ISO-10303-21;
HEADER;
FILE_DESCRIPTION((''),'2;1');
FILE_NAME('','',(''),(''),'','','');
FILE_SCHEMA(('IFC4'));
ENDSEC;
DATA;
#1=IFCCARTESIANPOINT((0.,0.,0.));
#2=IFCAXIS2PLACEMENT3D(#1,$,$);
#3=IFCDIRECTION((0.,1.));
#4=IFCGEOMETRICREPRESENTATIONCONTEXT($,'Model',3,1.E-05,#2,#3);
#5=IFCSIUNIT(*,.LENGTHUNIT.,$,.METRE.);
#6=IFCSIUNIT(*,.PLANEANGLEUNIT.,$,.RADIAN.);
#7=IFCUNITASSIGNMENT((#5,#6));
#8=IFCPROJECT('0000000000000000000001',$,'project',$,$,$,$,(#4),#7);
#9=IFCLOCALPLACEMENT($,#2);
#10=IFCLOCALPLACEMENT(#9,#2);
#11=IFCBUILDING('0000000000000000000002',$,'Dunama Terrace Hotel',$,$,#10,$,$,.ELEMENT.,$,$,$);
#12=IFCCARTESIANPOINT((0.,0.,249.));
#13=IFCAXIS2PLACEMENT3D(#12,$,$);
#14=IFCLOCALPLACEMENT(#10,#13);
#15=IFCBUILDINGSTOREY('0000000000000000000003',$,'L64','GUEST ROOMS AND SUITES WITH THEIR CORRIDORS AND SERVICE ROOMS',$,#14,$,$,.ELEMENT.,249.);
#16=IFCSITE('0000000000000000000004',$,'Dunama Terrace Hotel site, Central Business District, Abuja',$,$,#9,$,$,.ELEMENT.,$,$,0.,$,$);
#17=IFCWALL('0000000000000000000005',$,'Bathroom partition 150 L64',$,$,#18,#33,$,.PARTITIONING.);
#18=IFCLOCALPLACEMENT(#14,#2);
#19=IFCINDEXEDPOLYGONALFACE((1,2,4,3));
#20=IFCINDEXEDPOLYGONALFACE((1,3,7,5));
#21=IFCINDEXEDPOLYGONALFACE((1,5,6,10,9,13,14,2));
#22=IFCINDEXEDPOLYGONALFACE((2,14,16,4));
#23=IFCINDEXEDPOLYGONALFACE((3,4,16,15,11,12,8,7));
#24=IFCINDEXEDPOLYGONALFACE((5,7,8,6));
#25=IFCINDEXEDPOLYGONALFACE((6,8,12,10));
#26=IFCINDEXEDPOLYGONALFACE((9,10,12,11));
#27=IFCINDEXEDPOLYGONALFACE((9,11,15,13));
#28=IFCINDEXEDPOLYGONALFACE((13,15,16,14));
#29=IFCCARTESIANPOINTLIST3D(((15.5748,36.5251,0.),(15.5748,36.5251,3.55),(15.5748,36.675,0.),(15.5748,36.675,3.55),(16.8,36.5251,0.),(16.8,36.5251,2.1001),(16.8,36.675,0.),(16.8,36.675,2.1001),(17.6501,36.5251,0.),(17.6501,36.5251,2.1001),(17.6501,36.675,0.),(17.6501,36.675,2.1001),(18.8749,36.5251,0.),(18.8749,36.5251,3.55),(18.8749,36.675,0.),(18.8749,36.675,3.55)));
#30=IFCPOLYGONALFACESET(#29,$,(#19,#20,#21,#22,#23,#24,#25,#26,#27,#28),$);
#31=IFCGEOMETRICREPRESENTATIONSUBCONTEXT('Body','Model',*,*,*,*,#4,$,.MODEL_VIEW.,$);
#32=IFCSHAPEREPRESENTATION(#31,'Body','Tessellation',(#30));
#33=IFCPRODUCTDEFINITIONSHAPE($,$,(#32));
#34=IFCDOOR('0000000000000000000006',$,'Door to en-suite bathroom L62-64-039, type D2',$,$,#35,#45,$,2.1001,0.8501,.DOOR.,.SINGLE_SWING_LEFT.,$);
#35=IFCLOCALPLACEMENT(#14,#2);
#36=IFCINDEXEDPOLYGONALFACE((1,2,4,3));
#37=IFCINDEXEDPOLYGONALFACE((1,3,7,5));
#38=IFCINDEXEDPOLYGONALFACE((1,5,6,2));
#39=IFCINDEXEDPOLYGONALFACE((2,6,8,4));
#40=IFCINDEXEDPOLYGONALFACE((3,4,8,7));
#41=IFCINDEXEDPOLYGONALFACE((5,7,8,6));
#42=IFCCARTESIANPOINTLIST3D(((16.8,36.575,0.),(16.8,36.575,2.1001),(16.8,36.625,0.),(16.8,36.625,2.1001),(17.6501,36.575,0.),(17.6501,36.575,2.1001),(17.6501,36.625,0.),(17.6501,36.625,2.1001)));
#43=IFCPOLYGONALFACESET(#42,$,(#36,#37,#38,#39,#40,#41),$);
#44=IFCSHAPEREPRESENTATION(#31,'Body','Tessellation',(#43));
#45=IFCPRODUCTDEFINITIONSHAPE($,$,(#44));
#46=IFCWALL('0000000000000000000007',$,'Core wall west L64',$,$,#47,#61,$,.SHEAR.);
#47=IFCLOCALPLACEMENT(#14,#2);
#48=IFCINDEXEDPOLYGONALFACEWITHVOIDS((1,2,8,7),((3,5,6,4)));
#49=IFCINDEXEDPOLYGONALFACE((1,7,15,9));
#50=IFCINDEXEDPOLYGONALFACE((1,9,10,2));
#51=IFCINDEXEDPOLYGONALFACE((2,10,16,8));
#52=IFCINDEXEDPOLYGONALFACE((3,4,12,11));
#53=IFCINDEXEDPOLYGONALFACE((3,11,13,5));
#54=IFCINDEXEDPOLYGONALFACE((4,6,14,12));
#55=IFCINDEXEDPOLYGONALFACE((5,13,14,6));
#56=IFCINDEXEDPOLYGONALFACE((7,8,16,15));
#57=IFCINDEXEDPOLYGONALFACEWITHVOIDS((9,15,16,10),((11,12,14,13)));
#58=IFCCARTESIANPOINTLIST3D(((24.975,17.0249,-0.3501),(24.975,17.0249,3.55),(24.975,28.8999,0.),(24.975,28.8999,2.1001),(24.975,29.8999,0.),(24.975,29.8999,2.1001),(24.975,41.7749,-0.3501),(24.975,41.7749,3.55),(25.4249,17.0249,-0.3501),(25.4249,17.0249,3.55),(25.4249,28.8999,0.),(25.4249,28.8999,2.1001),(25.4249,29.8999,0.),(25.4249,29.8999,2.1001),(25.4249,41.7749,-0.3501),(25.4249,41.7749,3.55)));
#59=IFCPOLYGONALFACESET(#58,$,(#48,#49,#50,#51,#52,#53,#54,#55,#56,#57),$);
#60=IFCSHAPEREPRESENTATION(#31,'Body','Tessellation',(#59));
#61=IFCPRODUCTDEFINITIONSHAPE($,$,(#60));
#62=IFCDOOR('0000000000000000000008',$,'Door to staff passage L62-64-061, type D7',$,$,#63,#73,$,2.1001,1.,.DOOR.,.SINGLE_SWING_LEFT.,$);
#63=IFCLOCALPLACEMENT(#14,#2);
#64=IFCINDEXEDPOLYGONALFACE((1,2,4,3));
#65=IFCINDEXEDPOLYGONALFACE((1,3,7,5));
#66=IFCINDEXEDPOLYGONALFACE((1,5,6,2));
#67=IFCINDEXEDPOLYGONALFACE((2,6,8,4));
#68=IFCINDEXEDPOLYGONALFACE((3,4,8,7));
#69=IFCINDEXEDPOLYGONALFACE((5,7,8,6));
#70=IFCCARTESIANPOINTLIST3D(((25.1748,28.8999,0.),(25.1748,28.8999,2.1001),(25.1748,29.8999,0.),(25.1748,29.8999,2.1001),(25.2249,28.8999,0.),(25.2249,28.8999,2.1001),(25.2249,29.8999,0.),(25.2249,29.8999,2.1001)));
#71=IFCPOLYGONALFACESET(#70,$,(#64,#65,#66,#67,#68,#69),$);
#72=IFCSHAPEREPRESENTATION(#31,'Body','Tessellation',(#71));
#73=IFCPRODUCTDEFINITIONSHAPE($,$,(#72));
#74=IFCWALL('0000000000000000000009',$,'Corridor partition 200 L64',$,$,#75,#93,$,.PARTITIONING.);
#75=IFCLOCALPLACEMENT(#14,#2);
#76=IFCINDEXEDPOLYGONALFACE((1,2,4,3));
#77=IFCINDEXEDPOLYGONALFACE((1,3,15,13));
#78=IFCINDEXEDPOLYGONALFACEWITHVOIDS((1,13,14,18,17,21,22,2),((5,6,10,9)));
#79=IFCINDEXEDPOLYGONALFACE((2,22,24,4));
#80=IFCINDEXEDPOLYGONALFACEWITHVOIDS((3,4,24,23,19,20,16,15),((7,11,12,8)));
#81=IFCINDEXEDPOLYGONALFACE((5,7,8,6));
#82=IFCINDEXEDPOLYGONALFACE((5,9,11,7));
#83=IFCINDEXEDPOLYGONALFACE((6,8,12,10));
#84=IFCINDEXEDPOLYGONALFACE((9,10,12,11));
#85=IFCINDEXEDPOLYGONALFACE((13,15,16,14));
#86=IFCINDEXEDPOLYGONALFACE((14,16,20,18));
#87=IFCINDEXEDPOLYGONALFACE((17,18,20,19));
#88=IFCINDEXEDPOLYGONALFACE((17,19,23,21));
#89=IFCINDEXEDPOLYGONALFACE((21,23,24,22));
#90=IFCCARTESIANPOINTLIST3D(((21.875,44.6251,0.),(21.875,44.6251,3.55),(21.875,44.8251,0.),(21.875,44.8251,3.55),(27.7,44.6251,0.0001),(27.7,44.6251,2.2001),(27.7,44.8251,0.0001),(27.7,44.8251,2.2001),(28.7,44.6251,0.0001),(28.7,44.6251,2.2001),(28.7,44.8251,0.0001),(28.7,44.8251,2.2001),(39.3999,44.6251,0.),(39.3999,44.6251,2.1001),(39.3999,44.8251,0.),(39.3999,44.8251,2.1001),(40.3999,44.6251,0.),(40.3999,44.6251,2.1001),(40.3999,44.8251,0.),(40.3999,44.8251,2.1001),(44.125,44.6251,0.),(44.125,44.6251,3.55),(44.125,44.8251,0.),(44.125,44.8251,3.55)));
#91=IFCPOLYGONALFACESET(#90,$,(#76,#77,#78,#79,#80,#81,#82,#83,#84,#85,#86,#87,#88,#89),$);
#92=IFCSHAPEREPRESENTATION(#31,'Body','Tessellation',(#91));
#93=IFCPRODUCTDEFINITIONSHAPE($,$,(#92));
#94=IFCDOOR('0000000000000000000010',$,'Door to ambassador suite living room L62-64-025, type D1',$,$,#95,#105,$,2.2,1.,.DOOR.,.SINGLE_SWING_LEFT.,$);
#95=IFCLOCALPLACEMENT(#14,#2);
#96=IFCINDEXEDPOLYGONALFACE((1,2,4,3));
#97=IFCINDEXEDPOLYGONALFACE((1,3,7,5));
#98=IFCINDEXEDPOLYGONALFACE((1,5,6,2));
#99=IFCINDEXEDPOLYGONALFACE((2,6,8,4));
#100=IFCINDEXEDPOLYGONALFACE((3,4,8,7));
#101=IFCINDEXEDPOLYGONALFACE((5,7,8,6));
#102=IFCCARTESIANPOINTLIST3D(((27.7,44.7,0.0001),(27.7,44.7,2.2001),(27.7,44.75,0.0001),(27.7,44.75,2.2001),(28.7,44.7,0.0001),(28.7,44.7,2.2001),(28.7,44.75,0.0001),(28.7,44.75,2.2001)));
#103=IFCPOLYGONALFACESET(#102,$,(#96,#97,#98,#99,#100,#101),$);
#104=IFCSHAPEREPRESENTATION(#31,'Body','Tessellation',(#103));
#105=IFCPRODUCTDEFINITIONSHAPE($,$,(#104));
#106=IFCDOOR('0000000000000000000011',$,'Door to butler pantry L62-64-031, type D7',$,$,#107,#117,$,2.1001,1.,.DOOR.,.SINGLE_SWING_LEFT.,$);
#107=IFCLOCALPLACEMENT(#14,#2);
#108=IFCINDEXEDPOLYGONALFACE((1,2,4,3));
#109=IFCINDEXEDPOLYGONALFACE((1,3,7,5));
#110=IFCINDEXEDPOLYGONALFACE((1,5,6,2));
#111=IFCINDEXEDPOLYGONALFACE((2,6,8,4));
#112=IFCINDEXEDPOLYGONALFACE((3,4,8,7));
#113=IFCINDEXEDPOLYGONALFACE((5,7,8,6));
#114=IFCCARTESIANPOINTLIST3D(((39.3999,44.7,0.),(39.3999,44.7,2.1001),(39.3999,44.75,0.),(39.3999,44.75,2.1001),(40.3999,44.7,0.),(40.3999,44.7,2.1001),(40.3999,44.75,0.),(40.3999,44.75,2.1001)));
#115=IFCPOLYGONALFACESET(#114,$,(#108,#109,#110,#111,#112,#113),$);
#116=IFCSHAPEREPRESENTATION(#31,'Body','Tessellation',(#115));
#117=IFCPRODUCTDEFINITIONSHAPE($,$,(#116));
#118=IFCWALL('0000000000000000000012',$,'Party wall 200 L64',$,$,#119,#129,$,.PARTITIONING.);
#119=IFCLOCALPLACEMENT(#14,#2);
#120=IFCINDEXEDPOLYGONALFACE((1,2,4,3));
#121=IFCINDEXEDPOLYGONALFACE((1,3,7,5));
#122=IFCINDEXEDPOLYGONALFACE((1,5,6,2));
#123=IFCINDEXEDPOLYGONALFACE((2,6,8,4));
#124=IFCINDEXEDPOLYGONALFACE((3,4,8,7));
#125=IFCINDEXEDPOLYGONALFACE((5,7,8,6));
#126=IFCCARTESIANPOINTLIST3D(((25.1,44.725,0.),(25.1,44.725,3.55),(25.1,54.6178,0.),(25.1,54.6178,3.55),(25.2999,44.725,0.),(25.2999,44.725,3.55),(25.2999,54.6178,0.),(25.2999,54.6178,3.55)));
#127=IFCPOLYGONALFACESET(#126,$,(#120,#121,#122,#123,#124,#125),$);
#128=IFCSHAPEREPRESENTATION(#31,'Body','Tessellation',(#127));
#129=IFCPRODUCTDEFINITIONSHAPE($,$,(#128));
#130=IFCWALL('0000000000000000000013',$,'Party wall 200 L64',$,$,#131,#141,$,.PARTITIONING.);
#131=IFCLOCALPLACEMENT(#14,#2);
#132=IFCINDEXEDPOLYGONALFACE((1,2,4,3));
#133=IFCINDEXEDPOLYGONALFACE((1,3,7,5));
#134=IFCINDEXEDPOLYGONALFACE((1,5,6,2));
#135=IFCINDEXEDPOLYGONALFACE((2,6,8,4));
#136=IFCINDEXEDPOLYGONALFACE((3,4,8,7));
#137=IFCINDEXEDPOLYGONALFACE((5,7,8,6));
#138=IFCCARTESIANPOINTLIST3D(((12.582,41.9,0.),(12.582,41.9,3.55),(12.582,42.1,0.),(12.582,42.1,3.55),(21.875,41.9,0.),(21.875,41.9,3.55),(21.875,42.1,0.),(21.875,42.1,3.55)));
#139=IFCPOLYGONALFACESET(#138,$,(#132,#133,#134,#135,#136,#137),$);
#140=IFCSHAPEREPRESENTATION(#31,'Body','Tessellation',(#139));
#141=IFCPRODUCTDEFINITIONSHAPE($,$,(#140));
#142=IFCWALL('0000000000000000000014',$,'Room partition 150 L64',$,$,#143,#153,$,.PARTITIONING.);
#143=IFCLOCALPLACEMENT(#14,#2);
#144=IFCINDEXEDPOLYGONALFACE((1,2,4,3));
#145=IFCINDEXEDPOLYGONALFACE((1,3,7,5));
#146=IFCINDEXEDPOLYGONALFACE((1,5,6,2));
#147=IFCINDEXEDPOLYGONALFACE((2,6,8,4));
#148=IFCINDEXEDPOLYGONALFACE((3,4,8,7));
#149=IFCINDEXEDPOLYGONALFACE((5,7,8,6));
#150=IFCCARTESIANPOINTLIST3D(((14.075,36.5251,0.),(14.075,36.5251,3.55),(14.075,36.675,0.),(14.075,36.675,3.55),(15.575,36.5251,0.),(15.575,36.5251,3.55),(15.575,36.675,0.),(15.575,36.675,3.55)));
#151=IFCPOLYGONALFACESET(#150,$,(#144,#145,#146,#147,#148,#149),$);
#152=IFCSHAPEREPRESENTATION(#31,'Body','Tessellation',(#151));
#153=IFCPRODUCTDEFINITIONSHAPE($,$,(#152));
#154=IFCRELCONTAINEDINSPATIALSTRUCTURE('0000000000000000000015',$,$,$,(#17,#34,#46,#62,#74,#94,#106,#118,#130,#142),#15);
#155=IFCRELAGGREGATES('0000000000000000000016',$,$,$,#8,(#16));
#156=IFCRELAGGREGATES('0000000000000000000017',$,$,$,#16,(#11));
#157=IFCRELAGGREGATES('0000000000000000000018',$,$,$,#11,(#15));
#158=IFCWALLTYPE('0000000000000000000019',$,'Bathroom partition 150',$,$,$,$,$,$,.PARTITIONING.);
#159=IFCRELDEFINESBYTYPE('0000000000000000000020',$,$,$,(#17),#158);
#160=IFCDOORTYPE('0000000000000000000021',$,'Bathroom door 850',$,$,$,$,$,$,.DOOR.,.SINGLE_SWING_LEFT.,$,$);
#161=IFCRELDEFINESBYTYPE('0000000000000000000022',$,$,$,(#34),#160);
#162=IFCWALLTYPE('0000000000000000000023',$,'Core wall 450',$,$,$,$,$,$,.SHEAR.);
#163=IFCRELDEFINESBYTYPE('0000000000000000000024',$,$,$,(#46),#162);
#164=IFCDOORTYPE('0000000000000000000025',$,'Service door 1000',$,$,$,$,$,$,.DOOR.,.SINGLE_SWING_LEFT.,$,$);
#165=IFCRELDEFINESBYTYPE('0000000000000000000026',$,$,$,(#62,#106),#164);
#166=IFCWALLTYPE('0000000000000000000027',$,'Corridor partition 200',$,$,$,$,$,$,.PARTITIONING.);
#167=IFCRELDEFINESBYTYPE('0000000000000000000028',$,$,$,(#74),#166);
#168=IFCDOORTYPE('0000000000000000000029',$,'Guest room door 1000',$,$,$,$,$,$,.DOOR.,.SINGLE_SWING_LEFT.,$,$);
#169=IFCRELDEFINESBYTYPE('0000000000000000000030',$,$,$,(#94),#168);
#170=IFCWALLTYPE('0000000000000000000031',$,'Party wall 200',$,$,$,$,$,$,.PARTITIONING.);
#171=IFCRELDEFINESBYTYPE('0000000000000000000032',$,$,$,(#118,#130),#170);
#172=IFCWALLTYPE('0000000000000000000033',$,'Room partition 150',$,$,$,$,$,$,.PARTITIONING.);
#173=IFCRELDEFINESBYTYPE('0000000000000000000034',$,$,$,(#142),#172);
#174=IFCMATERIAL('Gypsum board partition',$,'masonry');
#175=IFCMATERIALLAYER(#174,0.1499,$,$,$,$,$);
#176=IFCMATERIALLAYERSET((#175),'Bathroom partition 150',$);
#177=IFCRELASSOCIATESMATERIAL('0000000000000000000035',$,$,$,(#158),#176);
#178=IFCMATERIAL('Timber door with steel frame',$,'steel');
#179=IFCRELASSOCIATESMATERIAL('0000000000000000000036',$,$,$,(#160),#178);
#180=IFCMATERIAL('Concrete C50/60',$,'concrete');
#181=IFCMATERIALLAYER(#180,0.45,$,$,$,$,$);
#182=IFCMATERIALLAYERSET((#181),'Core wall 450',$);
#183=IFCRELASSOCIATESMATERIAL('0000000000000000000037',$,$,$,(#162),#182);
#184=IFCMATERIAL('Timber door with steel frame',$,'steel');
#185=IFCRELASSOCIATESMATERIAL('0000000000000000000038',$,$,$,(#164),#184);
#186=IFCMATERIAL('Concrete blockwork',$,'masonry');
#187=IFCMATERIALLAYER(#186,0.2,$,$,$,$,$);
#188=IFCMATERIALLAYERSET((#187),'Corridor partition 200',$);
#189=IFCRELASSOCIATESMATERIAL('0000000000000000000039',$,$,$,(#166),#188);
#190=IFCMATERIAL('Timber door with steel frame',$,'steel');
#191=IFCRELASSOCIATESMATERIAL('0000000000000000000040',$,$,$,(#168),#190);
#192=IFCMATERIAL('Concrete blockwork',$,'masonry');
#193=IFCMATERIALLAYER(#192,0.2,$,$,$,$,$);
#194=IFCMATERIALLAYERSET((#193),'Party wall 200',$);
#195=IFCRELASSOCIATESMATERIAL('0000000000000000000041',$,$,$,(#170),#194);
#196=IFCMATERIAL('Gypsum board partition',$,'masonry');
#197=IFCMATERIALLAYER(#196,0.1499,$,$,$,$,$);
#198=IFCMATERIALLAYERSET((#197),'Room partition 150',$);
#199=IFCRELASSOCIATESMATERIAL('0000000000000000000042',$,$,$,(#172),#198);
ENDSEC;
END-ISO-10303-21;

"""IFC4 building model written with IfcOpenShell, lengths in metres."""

from ifc_helpers import new_model, si_unit, direction, frame, frame_2d, origin, place, context, subcontext, project, spatial, rectangle, extrude, material, layer, layer_set, type_object, element, fill, save


model = new_model("IFC4")

# Units and contexts
model_context = context("Model", 3, precision=1e-05, world=origin(), true_north=direction((0.0, 1.0)))
body_context = subcontext(model_context, "Body", "Model", "MODEL_VIEW")
ifc_project = project(units=[si_unit("LENGTHUNIT", "METRE"), si_unit("PLANEANGLEUNIT", "RADIAN")], contexts=[model_context])

# Site, building, storey
site_placement = place(None, origin())
site = spatial("IfcSite", under=ifc_project, at=site_placement, Name="Dunama Terrace Hotel site, Central Business District, Abuja", CompositionType="ELEMENT", RefElevation=0.0)
building_placement = place(site_placement, origin())
building = spatial("IfcBuilding", under=site, at=building_placement, Name="Dunama Terrace Hotel", CompositionType="ELEMENT")
storey_placement = place(building_placement, frame((0.0, 0.0, 249.0)))
storey = spatial("IfcBuildingStorey", under=building, at=storey_placement, Name="L64", Description="GUEST ROOMS AND SUITES WITH THEIR CORRIDORS AND SERVICE ROOMS", CompositionType="ELEMENT", Elevation=249.0)

# Shared definitions
ifc_material_1 = material(Name="Gypsum board partition", Category="masonry")
ifc_layer_1 = layer(ifc_material_1, 0.1499)
ifc_layer_set_1 = layer_set([ifc_layer_1], Name="Bathroom partition 150")
wall_type_1 = type_object("IfcWallType", Name="Bathroom partition 150", PredefinedType="PARTITIONING", material=ifc_layer_set_1)

# Walls, openings, doors
wall_1_placement = place(storey_placement, frame((15.575, 36.6001, 0.0), z_axis=(0.0, 0.0, 1.0), x_axis=(1.0, 0.0, 0.0)))
wall_1 = element("IfcWall", 1, at=wall_1_placement, inside=storey, type_object=wall_type_1, Name="Bathroom partition 150 L64", PredefinedType="PARTITIONING", context=body_context, shape_type="SweptSolid", body=[
    extrude(rectangle(XDim=3.3, YDim=0.1499, at=frame_2d((1.6499, 0.0))), origin(), (0.0, 0.0, 1.0), 3.55),
])
opening_1_placement = place(wall_1_placement, frame((1.2251, 0.0, 0.0)))
opening_1 = element("IfcOpeningElement", 2, at=opening_1_placement, cuts=wall_1, PredefinedType="OPENING", context=body_context, shape_type="SweptSolid", body=[
    extrude(rectangle(XDim=0.8501, YDim=2.1001, at=frame_2d((0.425, 1.05))), frame((0.0, 0.085, 0.0), z_axis=(0.0, -1.0, 0.0), x_axis=(1.0, 0.0, 0.0)), (0.0, 0.0, 1.0), 0.1699),
])
ifc_material_2 = material(Name="Timber door with steel frame", Category="steel")
door_type_1 = type_object("IfcDoorType", Name="Bathroom door 850", OperationType="SINGLE_SWING_LEFT", PredefinedType="DOOR", material=ifc_material_2)
door_1_placement = place(opening_1_placement, frame((0.8501, 0.0, 0.0), z_axis=(0.0, 0.0, 1.0), x_axis=(-1.0, 0.0, 0.0)))
door_1 = element("IfcDoor", 3, at=door_1_placement, inside=storey, type_object=door_type_1, Name="Door to en-suite bathroom L62-64-039, type D2", OperationType="SINGLE_SWING_LEFT", OverallHeight=2.1001, OverallWidth=0.8501, PredefinedType="DOOR", context=body_context, shape_type="SweptSolid", body=[
    extrude(rectangle(XDim=0.8501, YDim=2.1001, at=frame_2d((0.425, 1.05))), frame((0.0, 0.0251, 0.0), z_axis=(0.0, -1.0, 0.0), x_axis=(1.0, 0.0, 0.0)), (0.0, 0.0, 1.0), 0.05),
])
fill(opening_1, door_1)
ifc_material_3 = material(Name="Concrete C50/60", Category="concrete")
ifc_layer_2 = layer(ifc_material_3, 0.45)
ifc_layer_set_2 = layer_set([ifc_layer_2], Name="Core wall 450")
wall_type_2 = type_object("IfcWallType", Name="Core wall 450", PredefinedType="SHEAR", material=ifc_layer_set_2)
wall_2_placement = place(storey_placement, frame((25.2, 41.7749, -0.3501), z_axis=(0.0, 0.0, 1.0), x_axis=(0.0, -1.0, 0.0)))
wall_2 = element("IfcWall", 4, at=wall_2_placement, inside=storey, type_object=wall_type_2, Name="Core wall west L64", PredefinedType="SHEAR", context=body_context, shape_type="SweptSolid", body=[
    extrude(rectangle(XDim=24.75, YDim=0.45, at=frame_2d((12.375, 0.0))), origin(), (0.0, 0.0, 1.0), 3.9001),
])
opening_2_placement = place(wall_2_placement, frame((11.875, 0.0, 0.3501)))
opening_2 = element("IfcOpeningElement", 5, at=opening_2_placement, cuts=wall_2, PredefinedType="OPENING", context=body_context, shape_type="SweptSolid", body=[
    extrude(rectangle(XDim=1.0, YDim=2.1001, at=frame_2d((0.5, 1.05))), frame((0.0, 0.2349, 0.0), z_axis=(0.0, -1.0, 0.0), x_axis=(1.0, 0.0, 0.0)), (0.0, 0.0, 1.0), 0.47),
])
ifc_material_4 = material(Name="Timber door with steel frame", Category="steel")
door_type_2 = type_object("IfcDoorType", Name="Service door 1000", OperationType="SINGLE_SWING_LEFT", PredefinedType="DOOR", material=ifc_material_4)
door_2_placement = place(opening_2_placement, origin())
door_2 = element("IfcDoor", 6, at=door_2_placement, inside=storey, type_object=door_type_2, Name="Door to staff passage L62-64-061, type D7", OperationType="SINGLE_SWING_LEFT", OverallHeight=2.1001, OverallWidth=1.0, PredefinedType="DOOR", context=body_context, shape_type="SweptSolid", body=[
    extrude(rectangle(XDim=1.0, YDim=2.1001, at=frame_2d((0.5, 1.05))), frame((0.0, 0.0249, 0.0), z_axis=(0.0, -1.0, 0.0), x_axis=(1.0, 0.0, 0.0)), (0.0, 0.0, 1.0), 0.05),
])
fill(opening_2, door_2)

# Wall, openings, doors
ifc_material_5 = material(Name="Concrete blockwork", Category="masonry")
ifc_layer_3 = layer(ifc_material_5, 0.2)
ifc_layer_set_3 = layer_set([ifc_layer_3], Name="Corridor partition 200")
wall_type_3 = type_object("IfcWallType", Name="Corridor partition 200", PredefinedType="PARTITIONING", material=ifc_layer_set_3)
wall_3_placement = place(storey_placement, frame((21.875, 44.7251, 0.0), z_axis=(0.0, 0.0, 1.0), x_axis=(1.0, 0.0, 0.0)))
wall_3 = element("IfcWall", 7, at=wall_3_placement, inside=storey, type_object=wall_type_3, Name="Corridor partition 200 L64", PredefinedType="PARTITIONING", context=body_context, shape_type="SweptSolid", body=[
    extrude(rectangle(XDim=22.25, YDim=0.2, at=frame_2d((11.125, 0.0))), origin(), (0.0, 0.0, 1.0), 3.55),
])
opening_3_placement = place(wall_3_placement, frame((5.825, 0.0, 0.0)))
opening_3 = element("IfcOpeningElement", 8, at=opening_3_placement, cuts=wall_3, PredefinedType="OPENING", context=body_context, shape_type="SweptSolid", body=[
    extrude(rectangle(XDim=1.0, YDim=2.2, at=frame_2d((0.5, 1.1001))), frame((0.0, 0.1099, 0.0), z_axis=(0.0, -1.0, 0.0), x_axis=(1.0, 0.0, 0.0)), (0.0, 0.0, 1.0), 0.22),
])
opening_4_placement = place(wall_3_placement, frame((17.5249, 0.0, 0.0)))
opening_4 = element("IfcOpeningElement", 9, at=opening_4_placement, cuts=wall_3, PredefinedType="OPENING", context=body_context, shape_type="SweptSolid", body=[
    extrude(rectangle(XDim=1.0, YDim=2.1001, at=frame_2d((0.5, 1.05))), frame((0.0, 0.1099, 0.0), z_axis=(0.0, -1.0, 0.0), x_axis=(1.0, 0.0, 0.0)), (0.0, 0.0, 1.0), 0.22),
])
ifc_material_6 = material(Name="Timber door with steel frame", Category="steel")
door_type_3 = type_object("IfcDoorType", Name="Guest room door 1000", OperationType="SINGLE_SWING_LEFT", PredefinedType="DOOR", material=ifc_material_6)
door_3_placement = place(opening_3_placement, origin())
door_3 = element("IfcDoor", 10, at=door_3_placement, inside=storey, type_object=door_type_3, Name="Door to ambassador suite living room L62-64-025, type D1", OperationType="SINGLE_SWING_LEFT", OverallHeight=2.2, OverallWidth=1.0, PredefinedType="DOOR", context=body_context, shape_type="SweptSolid", body=[
    extrude(rectangle(XDim=1.0, YDim=2.2, at=frame_2d((0.5, 1.1001))), frame((0.0, 0.0249, 0.0), z_axis=(0.0, -1.0, 0.0), x_axis=(1.0, 0.0, 0.0)), (0.0, 0.0, 1.0), 0.05),
])
fill(opening_3, door_3)
door_4_placement = place(opening_4_placement, origin())
door_4 = element("IfcDoor", 11, at=door_4_placement, inside=storey, type_object=door_type_2, Name="Door to butler pantry L62-64-031, type D7", OperationType="SINGLE_SWING_LEFT", OverallHeight=2.1001, OverallWidth=1.0, PredefinedType="DOOR", context=body_context, shape_type="SweptSolid", body=[
    extrude(rectangle(XDim=1.0, YDim=2.1001, at=frame_2d((0.5, 1.05))), frame((0.0, 0.0249, 0.0), z_axis=(0.0, -1.0, 0.0), x_axis=(1.0, 0.0, 0.0)), (0.0, 0.0, 1.0), 0.05),
])
fill(opening_4, door_4)

# Walls
ifc_material_7 = material(Name="Concrete blockwork", Category="masonry")
ifc_layer_4 = layer(ifc_material_7, 0.2)
ifc_layer_set_4 = layer_set([ifc_layer_4], Name="Party wall 200")
wall_type_4 = type_object("IfcWallType", Name="Party wall 200", PredefinedType="PARTITIONING", material=ifc_layer_set_4)
wall_4_placement = place(storey_placement, frame((25.2, 44.7251, 0.0), z_axis=(0.0, 0.0, 1.0), x_axis=(0.0, 1.0, 0.0)))
element("IfcWall", 12, at=wall_4_placement, inside=storey, type_object=wall_type_4, Name="Party wall 200 L64", PredefinedType="PARTITIONING", context=body_context, shape_type="SweptSolid", body=[
    extrude(rectangle(XDim=9.8928, YDim=0.2, at=frame_2d((4.9463, 0.0))), origin(), (0.0, 0.0, 1.0), 3.55),
])
wall_5_placement = place(storey_placement, frame((12.582, 42.0, 0.0), z_axis=(0.0, 0.0, 1.0), x_axis=(1.0, 0.0, 0.0)))
element("IfcWall", 13, at=wall_5_placement, inside=storey, type_object=wall_type_4, Name="Party wall 200 L64", PredefinedType="PARTITIONING", context=body_context, shape_type="SweptSolid", body=[
    extrude(rectangle(XDim=9.293, YDim=0.2, at=frame_2d((4.6465, 0.0))), origin(), (0.0, 0.0, 1.0), 3.55),
])
ifc_material_8 = material(Name="Gypsum board partition", Category="masonry")
ifc_layer_5 = layer(ifc_material_8, 0.1499)
ifc_layer_set_5 = layer_set([ifc_layer_5], Name="Room partition 150")
wall_type_5 = type_object("IfcWallType", Name="Room partition 150", PredefinedType="PARTITIONING", material=ifc_layer_set_5)
wall_6_placement = place(storey_placement, frame((14.075, 36.6001, 0.0), z_axis=(0.0, 0.0, 1.0), x_axis=(1.0, 0.0, 0.0)))
element("IfcWall", 14, at=wall_6_placement, inside=storey, type_object=wall_type_5, Name="Room partition 150 L64", PredefinedType="PARTITIONING", context=body_context, shape_type="SweptSolid", body=[
    extrude(rectangle(XDim=1.5, YDim=0.1499, at=frame_2d((0.75, 0.0))), origin(), (0.0, 0.0, 1.0), 3.55),
])

save(model, "model.ifc")
